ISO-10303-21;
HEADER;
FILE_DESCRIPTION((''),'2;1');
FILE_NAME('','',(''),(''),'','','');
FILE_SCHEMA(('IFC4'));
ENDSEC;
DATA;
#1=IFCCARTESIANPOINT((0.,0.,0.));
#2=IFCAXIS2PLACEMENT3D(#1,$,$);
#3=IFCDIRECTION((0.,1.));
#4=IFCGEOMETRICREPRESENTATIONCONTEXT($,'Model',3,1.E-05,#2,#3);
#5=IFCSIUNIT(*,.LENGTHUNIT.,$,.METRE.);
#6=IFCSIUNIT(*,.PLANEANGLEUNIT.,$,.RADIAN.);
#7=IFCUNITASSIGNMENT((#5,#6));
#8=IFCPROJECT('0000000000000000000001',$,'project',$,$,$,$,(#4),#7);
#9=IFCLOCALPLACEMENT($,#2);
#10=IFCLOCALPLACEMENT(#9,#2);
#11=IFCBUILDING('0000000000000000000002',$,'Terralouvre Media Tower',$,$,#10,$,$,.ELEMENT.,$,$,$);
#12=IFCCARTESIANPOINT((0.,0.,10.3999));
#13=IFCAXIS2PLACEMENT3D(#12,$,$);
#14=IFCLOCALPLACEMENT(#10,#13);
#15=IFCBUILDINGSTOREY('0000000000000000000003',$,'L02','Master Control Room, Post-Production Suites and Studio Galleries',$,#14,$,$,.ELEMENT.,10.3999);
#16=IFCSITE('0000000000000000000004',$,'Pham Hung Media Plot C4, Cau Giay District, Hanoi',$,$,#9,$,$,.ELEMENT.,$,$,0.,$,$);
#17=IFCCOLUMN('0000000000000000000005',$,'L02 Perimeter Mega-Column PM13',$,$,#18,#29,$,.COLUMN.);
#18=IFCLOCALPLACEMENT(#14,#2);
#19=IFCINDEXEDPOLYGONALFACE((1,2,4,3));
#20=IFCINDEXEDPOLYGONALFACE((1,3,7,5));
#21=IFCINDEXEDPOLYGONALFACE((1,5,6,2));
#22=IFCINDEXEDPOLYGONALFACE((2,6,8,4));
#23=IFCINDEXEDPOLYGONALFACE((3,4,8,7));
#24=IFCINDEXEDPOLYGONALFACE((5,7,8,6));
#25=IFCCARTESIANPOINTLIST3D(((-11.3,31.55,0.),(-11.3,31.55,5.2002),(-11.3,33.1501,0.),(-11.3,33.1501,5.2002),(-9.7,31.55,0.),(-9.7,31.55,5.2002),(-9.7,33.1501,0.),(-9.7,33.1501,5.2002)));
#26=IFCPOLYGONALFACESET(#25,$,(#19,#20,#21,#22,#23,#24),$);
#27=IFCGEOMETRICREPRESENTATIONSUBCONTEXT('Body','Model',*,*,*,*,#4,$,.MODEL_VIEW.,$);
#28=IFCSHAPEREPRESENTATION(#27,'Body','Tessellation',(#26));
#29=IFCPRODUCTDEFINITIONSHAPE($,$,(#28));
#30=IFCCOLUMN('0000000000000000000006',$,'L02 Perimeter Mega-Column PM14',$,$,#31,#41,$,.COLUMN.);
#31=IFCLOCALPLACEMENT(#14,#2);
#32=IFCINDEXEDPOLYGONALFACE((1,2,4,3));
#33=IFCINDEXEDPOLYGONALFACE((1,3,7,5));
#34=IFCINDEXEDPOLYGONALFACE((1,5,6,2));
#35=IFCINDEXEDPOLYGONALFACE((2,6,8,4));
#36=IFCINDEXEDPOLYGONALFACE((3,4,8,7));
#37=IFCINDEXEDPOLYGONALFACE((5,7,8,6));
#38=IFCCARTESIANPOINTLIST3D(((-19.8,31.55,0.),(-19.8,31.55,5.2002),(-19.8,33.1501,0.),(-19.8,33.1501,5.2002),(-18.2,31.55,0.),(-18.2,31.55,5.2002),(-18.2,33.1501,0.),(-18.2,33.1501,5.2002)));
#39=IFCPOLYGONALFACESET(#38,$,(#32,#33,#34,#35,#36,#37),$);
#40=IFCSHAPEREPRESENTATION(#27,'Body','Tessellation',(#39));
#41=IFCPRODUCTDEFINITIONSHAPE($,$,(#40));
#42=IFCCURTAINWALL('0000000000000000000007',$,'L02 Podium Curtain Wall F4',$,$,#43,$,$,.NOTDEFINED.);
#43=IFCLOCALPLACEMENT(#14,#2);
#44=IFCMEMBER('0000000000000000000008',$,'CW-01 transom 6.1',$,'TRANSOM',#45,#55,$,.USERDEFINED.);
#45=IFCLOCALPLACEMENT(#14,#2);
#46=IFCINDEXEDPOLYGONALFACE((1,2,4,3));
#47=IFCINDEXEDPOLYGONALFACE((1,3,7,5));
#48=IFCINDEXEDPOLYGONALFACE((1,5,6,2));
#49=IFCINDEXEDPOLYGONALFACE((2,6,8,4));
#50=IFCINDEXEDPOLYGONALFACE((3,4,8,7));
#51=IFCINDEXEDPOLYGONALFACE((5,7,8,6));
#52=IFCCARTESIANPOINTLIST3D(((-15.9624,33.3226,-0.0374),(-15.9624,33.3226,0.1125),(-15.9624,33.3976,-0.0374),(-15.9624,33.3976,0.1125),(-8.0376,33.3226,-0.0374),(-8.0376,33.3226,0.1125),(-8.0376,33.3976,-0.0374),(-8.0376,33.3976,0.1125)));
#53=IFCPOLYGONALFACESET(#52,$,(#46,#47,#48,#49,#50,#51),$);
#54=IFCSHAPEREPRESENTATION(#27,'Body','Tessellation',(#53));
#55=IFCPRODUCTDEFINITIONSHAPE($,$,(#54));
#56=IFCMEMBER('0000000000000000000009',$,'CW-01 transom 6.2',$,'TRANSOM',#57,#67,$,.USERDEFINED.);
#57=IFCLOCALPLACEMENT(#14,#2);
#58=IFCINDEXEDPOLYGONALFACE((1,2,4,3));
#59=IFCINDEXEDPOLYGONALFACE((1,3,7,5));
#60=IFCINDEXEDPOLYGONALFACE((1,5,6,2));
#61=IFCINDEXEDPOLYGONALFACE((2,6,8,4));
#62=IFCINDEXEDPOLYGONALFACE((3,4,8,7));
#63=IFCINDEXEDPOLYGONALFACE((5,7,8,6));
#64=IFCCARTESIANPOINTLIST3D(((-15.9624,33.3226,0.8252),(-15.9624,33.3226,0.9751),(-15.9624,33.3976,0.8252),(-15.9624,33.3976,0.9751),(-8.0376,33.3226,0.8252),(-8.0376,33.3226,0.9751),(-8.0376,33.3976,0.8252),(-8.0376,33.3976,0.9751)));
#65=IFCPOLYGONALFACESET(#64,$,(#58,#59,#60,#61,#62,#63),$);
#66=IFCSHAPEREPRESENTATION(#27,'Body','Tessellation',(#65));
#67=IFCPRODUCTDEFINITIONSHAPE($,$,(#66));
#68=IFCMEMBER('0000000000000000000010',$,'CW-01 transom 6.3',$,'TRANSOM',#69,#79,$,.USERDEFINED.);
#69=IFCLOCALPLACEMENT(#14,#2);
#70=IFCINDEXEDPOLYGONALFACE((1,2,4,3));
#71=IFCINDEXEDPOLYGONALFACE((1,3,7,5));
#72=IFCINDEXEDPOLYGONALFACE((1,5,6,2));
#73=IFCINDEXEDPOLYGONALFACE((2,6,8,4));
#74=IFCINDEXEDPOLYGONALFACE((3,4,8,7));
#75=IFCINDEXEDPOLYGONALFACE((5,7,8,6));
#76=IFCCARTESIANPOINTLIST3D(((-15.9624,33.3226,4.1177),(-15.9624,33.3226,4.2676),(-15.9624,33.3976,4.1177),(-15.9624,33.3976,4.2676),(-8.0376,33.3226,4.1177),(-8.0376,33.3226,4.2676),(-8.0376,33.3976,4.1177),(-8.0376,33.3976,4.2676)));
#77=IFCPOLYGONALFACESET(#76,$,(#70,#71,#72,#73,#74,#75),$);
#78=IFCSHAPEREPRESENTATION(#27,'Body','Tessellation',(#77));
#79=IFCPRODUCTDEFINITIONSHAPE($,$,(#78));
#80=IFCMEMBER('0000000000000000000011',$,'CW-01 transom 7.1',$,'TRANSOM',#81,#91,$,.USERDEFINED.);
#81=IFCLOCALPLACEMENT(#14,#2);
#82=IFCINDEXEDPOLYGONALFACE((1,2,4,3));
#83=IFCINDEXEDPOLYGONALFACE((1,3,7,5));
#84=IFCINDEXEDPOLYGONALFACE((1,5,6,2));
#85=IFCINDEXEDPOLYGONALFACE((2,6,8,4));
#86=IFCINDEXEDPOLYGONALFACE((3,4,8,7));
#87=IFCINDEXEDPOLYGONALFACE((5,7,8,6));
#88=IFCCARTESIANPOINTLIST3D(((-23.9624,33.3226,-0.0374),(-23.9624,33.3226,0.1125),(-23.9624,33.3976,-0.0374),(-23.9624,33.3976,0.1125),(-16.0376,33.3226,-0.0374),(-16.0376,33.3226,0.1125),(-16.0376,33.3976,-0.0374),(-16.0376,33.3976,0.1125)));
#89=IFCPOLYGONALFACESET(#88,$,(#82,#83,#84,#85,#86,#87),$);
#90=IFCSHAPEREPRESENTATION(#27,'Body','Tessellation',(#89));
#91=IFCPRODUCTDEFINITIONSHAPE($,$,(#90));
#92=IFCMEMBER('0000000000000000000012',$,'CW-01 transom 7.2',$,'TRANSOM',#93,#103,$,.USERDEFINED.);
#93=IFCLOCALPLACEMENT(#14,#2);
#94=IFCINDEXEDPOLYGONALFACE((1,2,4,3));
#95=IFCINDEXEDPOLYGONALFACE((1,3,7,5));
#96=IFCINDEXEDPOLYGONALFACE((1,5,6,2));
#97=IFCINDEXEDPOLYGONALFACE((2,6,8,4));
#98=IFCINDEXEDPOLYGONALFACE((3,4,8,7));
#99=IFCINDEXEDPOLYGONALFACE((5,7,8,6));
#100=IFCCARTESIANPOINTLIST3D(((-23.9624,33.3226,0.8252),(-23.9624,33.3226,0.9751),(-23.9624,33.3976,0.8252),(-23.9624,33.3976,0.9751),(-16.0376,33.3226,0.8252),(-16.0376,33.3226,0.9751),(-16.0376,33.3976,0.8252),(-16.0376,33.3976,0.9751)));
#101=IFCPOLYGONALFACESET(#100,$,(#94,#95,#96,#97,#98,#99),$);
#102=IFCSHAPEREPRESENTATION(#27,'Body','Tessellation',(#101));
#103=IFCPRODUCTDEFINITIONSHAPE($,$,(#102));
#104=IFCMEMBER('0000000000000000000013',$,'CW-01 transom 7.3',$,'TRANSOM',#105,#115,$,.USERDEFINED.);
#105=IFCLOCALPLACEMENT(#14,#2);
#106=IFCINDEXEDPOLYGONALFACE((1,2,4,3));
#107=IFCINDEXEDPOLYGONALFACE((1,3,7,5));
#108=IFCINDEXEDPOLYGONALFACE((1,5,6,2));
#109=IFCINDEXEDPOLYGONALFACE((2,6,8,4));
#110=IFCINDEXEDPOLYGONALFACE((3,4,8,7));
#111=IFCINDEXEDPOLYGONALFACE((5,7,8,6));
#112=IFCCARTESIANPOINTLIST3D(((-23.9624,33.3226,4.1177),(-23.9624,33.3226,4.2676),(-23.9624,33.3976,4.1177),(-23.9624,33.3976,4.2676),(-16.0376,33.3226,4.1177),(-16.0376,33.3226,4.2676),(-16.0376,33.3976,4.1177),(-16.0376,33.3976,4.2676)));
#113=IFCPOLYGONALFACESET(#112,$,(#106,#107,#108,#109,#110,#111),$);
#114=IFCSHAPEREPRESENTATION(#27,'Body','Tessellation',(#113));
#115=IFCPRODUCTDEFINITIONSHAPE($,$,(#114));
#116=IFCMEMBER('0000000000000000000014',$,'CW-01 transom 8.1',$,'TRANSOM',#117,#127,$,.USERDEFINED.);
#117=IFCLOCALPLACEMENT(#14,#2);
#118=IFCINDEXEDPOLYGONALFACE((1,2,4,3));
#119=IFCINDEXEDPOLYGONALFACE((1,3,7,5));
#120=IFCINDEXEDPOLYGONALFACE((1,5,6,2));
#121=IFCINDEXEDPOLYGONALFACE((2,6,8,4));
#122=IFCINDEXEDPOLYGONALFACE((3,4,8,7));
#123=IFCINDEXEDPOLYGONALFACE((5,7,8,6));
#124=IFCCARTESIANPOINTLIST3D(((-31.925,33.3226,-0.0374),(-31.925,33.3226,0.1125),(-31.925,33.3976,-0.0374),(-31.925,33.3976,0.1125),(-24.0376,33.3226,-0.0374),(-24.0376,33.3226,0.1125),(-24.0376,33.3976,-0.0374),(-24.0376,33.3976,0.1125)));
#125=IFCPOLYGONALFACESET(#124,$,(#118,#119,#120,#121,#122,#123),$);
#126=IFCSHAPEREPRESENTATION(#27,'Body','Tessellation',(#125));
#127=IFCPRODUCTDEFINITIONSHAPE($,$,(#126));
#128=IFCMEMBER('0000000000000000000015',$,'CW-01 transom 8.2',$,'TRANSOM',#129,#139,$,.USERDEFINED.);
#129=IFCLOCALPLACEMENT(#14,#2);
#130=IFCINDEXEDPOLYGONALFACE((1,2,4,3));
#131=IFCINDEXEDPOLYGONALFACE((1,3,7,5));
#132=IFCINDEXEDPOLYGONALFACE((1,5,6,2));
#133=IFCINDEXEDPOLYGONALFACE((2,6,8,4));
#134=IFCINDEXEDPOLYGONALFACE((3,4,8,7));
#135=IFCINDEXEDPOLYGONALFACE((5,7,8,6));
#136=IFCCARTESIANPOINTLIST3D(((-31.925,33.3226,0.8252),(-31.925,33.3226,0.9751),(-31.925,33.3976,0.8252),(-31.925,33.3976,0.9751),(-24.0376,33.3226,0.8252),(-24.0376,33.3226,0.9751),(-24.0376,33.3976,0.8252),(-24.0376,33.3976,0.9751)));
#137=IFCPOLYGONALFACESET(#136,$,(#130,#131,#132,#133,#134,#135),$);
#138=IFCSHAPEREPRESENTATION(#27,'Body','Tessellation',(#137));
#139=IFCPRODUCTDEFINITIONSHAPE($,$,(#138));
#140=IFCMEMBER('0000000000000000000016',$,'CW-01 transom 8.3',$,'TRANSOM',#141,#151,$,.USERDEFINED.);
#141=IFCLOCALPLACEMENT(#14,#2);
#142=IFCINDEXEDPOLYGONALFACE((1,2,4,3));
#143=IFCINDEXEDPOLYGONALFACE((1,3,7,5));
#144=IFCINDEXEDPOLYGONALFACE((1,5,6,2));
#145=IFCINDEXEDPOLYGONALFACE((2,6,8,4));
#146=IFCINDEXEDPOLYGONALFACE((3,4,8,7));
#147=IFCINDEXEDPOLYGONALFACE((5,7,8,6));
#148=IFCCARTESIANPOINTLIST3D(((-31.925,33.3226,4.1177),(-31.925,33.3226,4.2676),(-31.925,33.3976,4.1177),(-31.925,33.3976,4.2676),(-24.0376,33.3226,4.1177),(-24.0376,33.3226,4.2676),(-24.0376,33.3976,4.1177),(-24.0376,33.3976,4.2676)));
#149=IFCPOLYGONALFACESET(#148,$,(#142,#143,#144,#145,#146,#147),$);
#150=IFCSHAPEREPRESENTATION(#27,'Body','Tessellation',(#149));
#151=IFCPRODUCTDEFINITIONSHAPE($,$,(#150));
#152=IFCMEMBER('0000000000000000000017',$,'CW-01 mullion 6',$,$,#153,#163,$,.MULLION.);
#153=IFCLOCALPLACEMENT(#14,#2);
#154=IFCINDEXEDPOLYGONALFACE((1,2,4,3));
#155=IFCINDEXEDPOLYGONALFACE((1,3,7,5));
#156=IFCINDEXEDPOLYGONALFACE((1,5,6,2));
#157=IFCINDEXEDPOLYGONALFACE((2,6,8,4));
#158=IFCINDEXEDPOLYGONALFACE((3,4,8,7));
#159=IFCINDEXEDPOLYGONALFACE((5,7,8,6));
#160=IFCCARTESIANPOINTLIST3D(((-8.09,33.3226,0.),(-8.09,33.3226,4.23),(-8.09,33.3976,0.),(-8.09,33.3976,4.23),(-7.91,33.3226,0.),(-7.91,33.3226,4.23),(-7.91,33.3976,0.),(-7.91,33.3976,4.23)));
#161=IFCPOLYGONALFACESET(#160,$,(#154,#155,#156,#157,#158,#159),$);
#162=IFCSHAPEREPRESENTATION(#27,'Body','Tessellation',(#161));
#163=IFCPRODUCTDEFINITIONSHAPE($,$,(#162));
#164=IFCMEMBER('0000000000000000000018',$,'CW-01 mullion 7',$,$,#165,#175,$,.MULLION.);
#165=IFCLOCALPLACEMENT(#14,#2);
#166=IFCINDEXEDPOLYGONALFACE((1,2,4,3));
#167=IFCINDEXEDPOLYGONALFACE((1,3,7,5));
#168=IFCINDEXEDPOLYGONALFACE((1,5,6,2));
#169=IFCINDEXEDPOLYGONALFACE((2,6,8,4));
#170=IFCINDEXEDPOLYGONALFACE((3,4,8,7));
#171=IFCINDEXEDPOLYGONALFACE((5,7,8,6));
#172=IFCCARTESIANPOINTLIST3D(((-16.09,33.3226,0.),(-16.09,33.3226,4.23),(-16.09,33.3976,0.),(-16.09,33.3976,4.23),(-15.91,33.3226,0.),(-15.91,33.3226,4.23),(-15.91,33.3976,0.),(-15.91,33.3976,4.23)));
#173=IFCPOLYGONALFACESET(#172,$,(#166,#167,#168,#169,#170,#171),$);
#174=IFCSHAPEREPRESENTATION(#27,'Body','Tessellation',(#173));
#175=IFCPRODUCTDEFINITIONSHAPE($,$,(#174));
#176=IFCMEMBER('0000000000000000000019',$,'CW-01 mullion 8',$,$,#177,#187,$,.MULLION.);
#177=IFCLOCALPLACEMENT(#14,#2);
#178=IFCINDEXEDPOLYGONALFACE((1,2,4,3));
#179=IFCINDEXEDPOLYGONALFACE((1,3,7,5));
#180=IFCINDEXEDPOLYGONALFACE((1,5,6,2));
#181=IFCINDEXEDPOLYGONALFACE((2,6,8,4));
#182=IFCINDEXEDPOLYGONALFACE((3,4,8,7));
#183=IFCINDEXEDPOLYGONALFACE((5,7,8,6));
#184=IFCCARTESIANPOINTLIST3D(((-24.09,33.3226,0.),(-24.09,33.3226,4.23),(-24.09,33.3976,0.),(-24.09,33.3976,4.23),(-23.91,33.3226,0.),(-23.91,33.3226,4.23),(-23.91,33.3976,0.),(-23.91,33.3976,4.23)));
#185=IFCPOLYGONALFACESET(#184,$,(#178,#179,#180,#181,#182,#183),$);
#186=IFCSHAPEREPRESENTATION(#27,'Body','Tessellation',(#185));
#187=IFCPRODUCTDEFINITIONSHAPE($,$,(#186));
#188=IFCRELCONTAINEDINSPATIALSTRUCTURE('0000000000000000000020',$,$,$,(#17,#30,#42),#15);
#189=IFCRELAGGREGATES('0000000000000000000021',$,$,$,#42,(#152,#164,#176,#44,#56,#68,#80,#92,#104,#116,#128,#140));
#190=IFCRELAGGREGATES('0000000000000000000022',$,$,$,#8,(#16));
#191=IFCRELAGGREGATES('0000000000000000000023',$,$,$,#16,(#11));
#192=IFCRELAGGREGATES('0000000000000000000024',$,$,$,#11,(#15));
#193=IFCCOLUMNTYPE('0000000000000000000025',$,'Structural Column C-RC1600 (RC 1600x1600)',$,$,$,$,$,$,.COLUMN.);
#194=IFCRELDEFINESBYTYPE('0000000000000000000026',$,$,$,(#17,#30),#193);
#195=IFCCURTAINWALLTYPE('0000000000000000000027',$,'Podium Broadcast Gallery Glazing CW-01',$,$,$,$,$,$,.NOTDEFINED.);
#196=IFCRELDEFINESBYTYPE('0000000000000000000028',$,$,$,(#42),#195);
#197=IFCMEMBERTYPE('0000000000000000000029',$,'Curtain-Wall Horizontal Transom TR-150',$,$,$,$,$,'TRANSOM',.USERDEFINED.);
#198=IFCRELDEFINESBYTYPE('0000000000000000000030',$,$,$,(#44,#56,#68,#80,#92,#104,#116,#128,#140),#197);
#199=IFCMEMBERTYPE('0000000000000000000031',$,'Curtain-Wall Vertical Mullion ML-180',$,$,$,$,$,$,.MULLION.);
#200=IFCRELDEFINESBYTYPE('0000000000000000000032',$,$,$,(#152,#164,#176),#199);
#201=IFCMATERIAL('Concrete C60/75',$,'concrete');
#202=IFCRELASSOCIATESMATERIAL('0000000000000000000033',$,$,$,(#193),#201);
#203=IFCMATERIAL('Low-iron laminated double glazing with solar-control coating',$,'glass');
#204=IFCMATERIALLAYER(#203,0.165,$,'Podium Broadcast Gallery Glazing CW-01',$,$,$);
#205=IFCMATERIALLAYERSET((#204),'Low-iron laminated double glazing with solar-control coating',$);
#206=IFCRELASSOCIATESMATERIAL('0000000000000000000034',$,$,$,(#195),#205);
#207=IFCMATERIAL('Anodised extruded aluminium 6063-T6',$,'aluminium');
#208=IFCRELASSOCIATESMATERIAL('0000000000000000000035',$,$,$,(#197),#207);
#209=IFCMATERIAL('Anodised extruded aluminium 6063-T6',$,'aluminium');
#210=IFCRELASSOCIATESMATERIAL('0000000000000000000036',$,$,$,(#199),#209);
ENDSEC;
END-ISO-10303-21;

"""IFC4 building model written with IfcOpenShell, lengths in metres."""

from ifc_helpers import new_model, si_unit, direction, frame, origin, origin_2d, place, context, subcontext, project, spatial, rectangle, extrude, material, layer, layer_set, material_profile, profile_set, type_object, element, aggregate, save


model = new_model("IFC4")

# Units and contexts
model_context = context("Model", 3, precision=1e-05, world=origin(), true_north=direction((0.0, 1.0)))
body_context = subcontext(model_context, "Body", "Model", "MODEL_VIEW")
ifc_project = project(units=[si_unit("LENGTHUNIT", "METRE"), si_unit("PLANEANGLEUNIT", "RADIAN")], contexts=[model_context])

# Site, building, storey
site_placement = place(None, origin())
site = spatial("IfcSite", under=ifc_project, at=site_placement, Name="Pham Hung Media Plot C4, Cau Giay District, Hanoi", CompositionType="ELEMENT", RefElevation=0.0)
building_placement = place(site_placement, origin())
building = spatial("IfcBuilding", under=site, at=building_placement, Name="Terralouvre Media Tower", CompositionType="ELEMENT")
storey_placement = place(building_placement, frame((0.0, 0.0, 10.3999)))
storey = spatial("IfcBuildingStorey", under=building, at=storey_placement, Name="L02", Description="Master Control Room, Post-Production Suites and Studio Galleries", CompositionType="ELEMENT", Elevation=10.3999)

# Columns
ifc_material_1 = material(Name="Concrete C60/75", Category="concrete")
ifc_material_profile_1 = material_profile(ifc_material_1, rectangle(XDim=1.6001, YDim=1.6001, at=origin_2d()), Name="RC 1600x1600")
ifc_profile_set_1 = profile_set([ifc_material_profile_1], Name="Concrete C60/75")
column_type = type_object("IfcColumnType", Name="Structural Column C-RC1600 (RC 1600x1600)", PredefinedType="COLUMN", material=ifc_profile_set_1)
for number, where, z_axis, x_axis, name in (
    (1, (-10.5, 32.3501, 0.0), (0.0, 0.0, 1.0), (1.0, 0.0, 0.0), "L02 Perimeter Mega-Column PM13"),
    (2, (-19.0, 32.3501, 0.0), (0.0, 0.0, 1.0), (1.0, 0.0, 0.0), "L02 Perimeter Mega-Column PM14"),
):
    element("IfcColumn", number, at=place(storey_placement, frame(where, z_axis=z_axis, x_axis=x_axis)), inside=storey, type_object=column_type, Name=name, PredefinedType="COLUMN", context=body_context, shape_type="SweptSolid", body=[
        extrude(rectangle(XDim=1.6001, YDim=1.6001, at=origin_2d()), origin(), (0.0, 0.0, 1.0), 5.2002),
    ])

# Curtain wall, members
ifc_material_2 = material(Name="Low-iron laminated double glazing with solar-control coating", Category="glass")
ifc_layer_1 = layer(ifc_material_2, 0.165, Name="Podium Broadcast Gallery Glazing CW-01")
ifc_layer_set_1 = layer_set([ifc_layer_1], Name="Low-iron laminated double glazing with solar-control coating")
curtain_wall_type = type_object("IfcCurtainWallType", Name="Podium Broadcast Gallery Glazing CW-01", PredefinedType="NOTDEFINED", material=ifc_layer_set_1)
curtain_wall_placement = place(storey_placement, origin())
curtain_wall = element("IfcCurtainWall", 3, at=curtain_wall_placement, inside=storey, type_object=curtain_wall_type, Name="L02 Podium Curtain Wall F4", PredefinedType="NOTDEFINED")
ifc_material_3 = material(Name="Anodised extruded aluminium 6063-T6", Category="aluminium")
ifc_material_profile_2 = material_profile(ifc_material_3, rectangle(XDim=0.075, YDim=0.1499, at=origin_2d()), Name="ALU 75x150")
ifc_profile_set_2 = profile_set([ifc_material_profile_2], Name="Anodised extruded aluminium 6063-T6")
member_type_1 = type_object("IfcMemberType", Name="Curtain-Wall Horizontal Transom TR-150", ElementType="TRANSOM", PredefinedType="USERDEFINED", material=ifc_profile_set_2)
member_1_placement = place(storey_placement, frame((-8.0376, 33.3601, 0.0376), z_axis=(-1.0, 0.0, 0.0), x_axis=(0.0, -1.0, 0.0)))
member_1 = element("IfcMember", 4, at=member_1_placement, type_object=member_type_1, Name="CW-01 transom 6.1", ObjectType="TRANSOM", PredefinedType="USERDEFINED", context=body_context, shape_type="SweptSolid", body=[
    extrude(rectangle(XDim=0.075, YDim=0.1499, at=origin_2d()), origin(), (0.0, 0.0, 1.0), 7.9248),
])
member_2_placement = place(storey_placement, frame((-8.0376, 33.3601, 0.9001), z_axis=(-1.0, 0.0, 0.0), x_axis=(0.0, -1.0, 0.0)))
member_2 = element("IfcMember", 5, at=member_2_placement, type_object=member_type_1, Name="CW-01 transom 6.2", ObjectType="TRANSOM", PredefinedType="USERDEFINED", context=body_context, shape_type="SweptSolid", body=[
    extrude(rectangle(XDim=0.075, YDim=0.1499, at=origin_2d()), origin(), (0.0, 0.0, 1.0), 7.9248),
])
member_3_placement = place(storey_placement, frame((-8.0376, 33.3601, 4.1926), z_axis=(-1.0, 0.0, 0.0), x_axis=(0.0, -1.0, 0.0)))
member_3 = element("IfcMember", 6, at=member_3_placement, type_object=member_type_1, Name="CW-01 transom 6.3", ObjectType="TRANSOM", PredefinedType="USERDEFINED", context=body_context, shape_type="SweptSolid", body=[
    extrude(rectangle(XDim=0.075, YDim=0.1499, at=origin_2d()), origin(), (0.0, 0.0, 1.0), 7.9248),
])
member_4_placement = place(storey_placement, frame((-16.0376, 33.3601, 0.0376), z_axis=(-1.0, 0.0, 0.0), x_axis=(0.0, -1.0, 0.0)))
member_4 = element("IfcMember", 7, at=member_4_placement, type_object=member_type_1, Name="CW-01 transom 7.1", ObjectType="TRANSOM", PredefinedType="USERDEFINED", context=body_context, shape_type="SweptSolid", body=[
    extrude(rectangle(XDim=0.075, YDim=0.1499, at=origin_2d()), origin(), (0.0, 0.0, 1.0), 7.9248),
])
member_5_placement = place(storey_placement, frame((-16.0376, 33.3601, 0.9001), z_axis=(-1.0, 0.0, 0.0), x_axis=(0.0, -1.0, 0.0)))
member_5 = element("IfcMember", 8, at=member_5_placement, type_object=member_type_1, Name="CW-01 transom 7.2", ObjectType="TRANSOM", PredefinedType="USERDEFINED", context=body_context, shape_type="SweptSolid", body=[
    extrude(rectangle(XDim=0.075, YDim=0.1499, at=origin_2d()), origin(), (0.0, 0.0, 1.0), 7.9248),
])
member_6_placement = place(storey_placement, frame((-16.0376, 33.3601, 4.1926), z_axis=(-1.0, 0.0, 0.0), x_axis=(0.0, -1.0, 0.0)))
member_6 = element("IfcMember", 9, at=member_6_placement, type_object=member_type_1, Name="CW-01 transom 7.3", ObjectType="TRANSOM", PredefinedType="USERDEFINED", context=body_context, shape_type="SweptSolid", body=[
    extrude(rectangle(XDim=0.075, YDim=0.1499, at=origin_2d()), origin(), (0.0, 0.0, 1.0), 7.9248),
])
member_7_placement = place(storey_placement, frame((-24.0376, 33.3601, 0.0376), z_axis=(-1.0, 0.0, 0.0), x_axis=(0.0, -1.0, 0.0)))
member_7 = element("IfcMember", 10, at=member_7_placement, type_object=member_type_1, Name="CW-01 transom 8.1", ObjectType="TRANSOM", PredefinedType="USERDEFINED", context=body_context, shape_type="SweptSolid", body=[
    extrude(rectangle(XDim=0.075, YDim=0.1499, at=origin_2d()), origin(), (0.0, 0.0, 1.0), 7.8875),
])
member_8_placement = place(storey_placement, frame((-24.0376, 33.3601, 0.9001), z_axis=(-1.0, 0.0, 0.0), x_axis=(0.0, -1.0, 0.0)))
member_8 = element("IfcMember", 11, at=member_8_placement, type_object=member_type_1, Name="CW-01 transom 8.2", ObjectType="TRANSOM", PredefinedType="USERDEFINED", context=body_context, shape_type="SweptSolid", body=[
    extrude(rectangle(XDim=0.075, YDim=0.1499, at=origin_2d()), origin(), (0.0, 0.0, 1.0), 7.8875),
])
member_9_placement = place(storey_placement, frame((-24.0376, 33.3601, 4.1926), z_axis=(-1.0, 0.0, 0.0), x_axis=(0.0, -1.0, 0.0)))
member_9 = element("IfcMember", 12, at=member_9_placement, type_object=member_type_1, Name="CW-01 transom 8.3", ObjectType="TRANSOM", PredefinedType="USERDEFINED", context=body_context, shape_type="SweptSolid", body=[
    extrude(rectangle(XDim=0.075, YDim=0.1499, at=origin_2d()), origin(), (0.0, 0.0, 1.0), 7.8875),
])
ifc_material_4 = material(Name="Anodised extruded aluminium 6063-T6", Category="aluminium")
ifc_material_profile_3 = material_profile(ifc_material_4, rectangle(XDim=0.075, YDim=0.1799, at=origin_2d()), Name="ALU 75x180")
ifc_profile_set_3 = profile_set([ifc_material_profile_3], Name="Anodised extruded aluminium 6063-T6")
member_type_2 = type_object("IfcMemberType", Name="Curtain-Wall Vertical Mullion ML-180", PredefinedType="MULLION", material=ifc_profile_set_3)
member_10_placement = place(storey_placement, frame((-8.0, 33.3601, 0.0), z_axis=(0.0, 0.0, 1.0), x_axis=(0.0, -1.0, 0.0)))
member_10 = element("IfcMember", 13, at=member_10_placement, type_object=member_type_2, Name="CW-01 mullion 6", PredefinedType="MULLION", context=body_context, shape_type="SweptSolid", body=[
    extrude(rectangle(XDim=0.075, YDim=0.1799, at=origin_2d()), origin(), (0.0, 0.0, 1.0), 4.23),
])
member_11_placement = place(storey_placement, frame((-16.0, 33.3601, 0.0), z_axis=(0.0, 0.0, 1.0), x_axis=(0.0, -1.0, 0.0)))
member_11 = element("IfcMember", 14, at=member_11_placement, type_object=member_type_2, Name="CW-01 mullion 7", PredefinedType="MULLION", context=body_context, shape_type="SweptSolid", body=[
    extrude(rectangle(XDim=0.075, YDim=0.1799, at=origin_2d()), origin(), (0.0, 0.0, 1.0), 4.23),
])
member_12_placement = place(storey_placement, frame((-24.0, 33.3601, 0.0), z_axis=(0.0, 0.0, 1.0), x_axis=(0.0, -1.0, 0.0)))
member_12 = element("IfcMember", 15, at=member_12_placement, type_object=member_type_2, Name="CW-01 mullion 8", PredefinedType="MULLION", context=body_context, shape_type="SweptSolid", body=[
    extrude(rectangle(XDim=0.075, YDim=0.1799, at=origin_2d()), origin(), (0.0, 0.0, 1.0), 4.23),
])

aggregate(curtain_wall, [member_10, member_11, member_12, member_1, member_2, member_3, member_4, member_5, member_6, member_7, member_8, member_9])

save(model, "model.ifc")
